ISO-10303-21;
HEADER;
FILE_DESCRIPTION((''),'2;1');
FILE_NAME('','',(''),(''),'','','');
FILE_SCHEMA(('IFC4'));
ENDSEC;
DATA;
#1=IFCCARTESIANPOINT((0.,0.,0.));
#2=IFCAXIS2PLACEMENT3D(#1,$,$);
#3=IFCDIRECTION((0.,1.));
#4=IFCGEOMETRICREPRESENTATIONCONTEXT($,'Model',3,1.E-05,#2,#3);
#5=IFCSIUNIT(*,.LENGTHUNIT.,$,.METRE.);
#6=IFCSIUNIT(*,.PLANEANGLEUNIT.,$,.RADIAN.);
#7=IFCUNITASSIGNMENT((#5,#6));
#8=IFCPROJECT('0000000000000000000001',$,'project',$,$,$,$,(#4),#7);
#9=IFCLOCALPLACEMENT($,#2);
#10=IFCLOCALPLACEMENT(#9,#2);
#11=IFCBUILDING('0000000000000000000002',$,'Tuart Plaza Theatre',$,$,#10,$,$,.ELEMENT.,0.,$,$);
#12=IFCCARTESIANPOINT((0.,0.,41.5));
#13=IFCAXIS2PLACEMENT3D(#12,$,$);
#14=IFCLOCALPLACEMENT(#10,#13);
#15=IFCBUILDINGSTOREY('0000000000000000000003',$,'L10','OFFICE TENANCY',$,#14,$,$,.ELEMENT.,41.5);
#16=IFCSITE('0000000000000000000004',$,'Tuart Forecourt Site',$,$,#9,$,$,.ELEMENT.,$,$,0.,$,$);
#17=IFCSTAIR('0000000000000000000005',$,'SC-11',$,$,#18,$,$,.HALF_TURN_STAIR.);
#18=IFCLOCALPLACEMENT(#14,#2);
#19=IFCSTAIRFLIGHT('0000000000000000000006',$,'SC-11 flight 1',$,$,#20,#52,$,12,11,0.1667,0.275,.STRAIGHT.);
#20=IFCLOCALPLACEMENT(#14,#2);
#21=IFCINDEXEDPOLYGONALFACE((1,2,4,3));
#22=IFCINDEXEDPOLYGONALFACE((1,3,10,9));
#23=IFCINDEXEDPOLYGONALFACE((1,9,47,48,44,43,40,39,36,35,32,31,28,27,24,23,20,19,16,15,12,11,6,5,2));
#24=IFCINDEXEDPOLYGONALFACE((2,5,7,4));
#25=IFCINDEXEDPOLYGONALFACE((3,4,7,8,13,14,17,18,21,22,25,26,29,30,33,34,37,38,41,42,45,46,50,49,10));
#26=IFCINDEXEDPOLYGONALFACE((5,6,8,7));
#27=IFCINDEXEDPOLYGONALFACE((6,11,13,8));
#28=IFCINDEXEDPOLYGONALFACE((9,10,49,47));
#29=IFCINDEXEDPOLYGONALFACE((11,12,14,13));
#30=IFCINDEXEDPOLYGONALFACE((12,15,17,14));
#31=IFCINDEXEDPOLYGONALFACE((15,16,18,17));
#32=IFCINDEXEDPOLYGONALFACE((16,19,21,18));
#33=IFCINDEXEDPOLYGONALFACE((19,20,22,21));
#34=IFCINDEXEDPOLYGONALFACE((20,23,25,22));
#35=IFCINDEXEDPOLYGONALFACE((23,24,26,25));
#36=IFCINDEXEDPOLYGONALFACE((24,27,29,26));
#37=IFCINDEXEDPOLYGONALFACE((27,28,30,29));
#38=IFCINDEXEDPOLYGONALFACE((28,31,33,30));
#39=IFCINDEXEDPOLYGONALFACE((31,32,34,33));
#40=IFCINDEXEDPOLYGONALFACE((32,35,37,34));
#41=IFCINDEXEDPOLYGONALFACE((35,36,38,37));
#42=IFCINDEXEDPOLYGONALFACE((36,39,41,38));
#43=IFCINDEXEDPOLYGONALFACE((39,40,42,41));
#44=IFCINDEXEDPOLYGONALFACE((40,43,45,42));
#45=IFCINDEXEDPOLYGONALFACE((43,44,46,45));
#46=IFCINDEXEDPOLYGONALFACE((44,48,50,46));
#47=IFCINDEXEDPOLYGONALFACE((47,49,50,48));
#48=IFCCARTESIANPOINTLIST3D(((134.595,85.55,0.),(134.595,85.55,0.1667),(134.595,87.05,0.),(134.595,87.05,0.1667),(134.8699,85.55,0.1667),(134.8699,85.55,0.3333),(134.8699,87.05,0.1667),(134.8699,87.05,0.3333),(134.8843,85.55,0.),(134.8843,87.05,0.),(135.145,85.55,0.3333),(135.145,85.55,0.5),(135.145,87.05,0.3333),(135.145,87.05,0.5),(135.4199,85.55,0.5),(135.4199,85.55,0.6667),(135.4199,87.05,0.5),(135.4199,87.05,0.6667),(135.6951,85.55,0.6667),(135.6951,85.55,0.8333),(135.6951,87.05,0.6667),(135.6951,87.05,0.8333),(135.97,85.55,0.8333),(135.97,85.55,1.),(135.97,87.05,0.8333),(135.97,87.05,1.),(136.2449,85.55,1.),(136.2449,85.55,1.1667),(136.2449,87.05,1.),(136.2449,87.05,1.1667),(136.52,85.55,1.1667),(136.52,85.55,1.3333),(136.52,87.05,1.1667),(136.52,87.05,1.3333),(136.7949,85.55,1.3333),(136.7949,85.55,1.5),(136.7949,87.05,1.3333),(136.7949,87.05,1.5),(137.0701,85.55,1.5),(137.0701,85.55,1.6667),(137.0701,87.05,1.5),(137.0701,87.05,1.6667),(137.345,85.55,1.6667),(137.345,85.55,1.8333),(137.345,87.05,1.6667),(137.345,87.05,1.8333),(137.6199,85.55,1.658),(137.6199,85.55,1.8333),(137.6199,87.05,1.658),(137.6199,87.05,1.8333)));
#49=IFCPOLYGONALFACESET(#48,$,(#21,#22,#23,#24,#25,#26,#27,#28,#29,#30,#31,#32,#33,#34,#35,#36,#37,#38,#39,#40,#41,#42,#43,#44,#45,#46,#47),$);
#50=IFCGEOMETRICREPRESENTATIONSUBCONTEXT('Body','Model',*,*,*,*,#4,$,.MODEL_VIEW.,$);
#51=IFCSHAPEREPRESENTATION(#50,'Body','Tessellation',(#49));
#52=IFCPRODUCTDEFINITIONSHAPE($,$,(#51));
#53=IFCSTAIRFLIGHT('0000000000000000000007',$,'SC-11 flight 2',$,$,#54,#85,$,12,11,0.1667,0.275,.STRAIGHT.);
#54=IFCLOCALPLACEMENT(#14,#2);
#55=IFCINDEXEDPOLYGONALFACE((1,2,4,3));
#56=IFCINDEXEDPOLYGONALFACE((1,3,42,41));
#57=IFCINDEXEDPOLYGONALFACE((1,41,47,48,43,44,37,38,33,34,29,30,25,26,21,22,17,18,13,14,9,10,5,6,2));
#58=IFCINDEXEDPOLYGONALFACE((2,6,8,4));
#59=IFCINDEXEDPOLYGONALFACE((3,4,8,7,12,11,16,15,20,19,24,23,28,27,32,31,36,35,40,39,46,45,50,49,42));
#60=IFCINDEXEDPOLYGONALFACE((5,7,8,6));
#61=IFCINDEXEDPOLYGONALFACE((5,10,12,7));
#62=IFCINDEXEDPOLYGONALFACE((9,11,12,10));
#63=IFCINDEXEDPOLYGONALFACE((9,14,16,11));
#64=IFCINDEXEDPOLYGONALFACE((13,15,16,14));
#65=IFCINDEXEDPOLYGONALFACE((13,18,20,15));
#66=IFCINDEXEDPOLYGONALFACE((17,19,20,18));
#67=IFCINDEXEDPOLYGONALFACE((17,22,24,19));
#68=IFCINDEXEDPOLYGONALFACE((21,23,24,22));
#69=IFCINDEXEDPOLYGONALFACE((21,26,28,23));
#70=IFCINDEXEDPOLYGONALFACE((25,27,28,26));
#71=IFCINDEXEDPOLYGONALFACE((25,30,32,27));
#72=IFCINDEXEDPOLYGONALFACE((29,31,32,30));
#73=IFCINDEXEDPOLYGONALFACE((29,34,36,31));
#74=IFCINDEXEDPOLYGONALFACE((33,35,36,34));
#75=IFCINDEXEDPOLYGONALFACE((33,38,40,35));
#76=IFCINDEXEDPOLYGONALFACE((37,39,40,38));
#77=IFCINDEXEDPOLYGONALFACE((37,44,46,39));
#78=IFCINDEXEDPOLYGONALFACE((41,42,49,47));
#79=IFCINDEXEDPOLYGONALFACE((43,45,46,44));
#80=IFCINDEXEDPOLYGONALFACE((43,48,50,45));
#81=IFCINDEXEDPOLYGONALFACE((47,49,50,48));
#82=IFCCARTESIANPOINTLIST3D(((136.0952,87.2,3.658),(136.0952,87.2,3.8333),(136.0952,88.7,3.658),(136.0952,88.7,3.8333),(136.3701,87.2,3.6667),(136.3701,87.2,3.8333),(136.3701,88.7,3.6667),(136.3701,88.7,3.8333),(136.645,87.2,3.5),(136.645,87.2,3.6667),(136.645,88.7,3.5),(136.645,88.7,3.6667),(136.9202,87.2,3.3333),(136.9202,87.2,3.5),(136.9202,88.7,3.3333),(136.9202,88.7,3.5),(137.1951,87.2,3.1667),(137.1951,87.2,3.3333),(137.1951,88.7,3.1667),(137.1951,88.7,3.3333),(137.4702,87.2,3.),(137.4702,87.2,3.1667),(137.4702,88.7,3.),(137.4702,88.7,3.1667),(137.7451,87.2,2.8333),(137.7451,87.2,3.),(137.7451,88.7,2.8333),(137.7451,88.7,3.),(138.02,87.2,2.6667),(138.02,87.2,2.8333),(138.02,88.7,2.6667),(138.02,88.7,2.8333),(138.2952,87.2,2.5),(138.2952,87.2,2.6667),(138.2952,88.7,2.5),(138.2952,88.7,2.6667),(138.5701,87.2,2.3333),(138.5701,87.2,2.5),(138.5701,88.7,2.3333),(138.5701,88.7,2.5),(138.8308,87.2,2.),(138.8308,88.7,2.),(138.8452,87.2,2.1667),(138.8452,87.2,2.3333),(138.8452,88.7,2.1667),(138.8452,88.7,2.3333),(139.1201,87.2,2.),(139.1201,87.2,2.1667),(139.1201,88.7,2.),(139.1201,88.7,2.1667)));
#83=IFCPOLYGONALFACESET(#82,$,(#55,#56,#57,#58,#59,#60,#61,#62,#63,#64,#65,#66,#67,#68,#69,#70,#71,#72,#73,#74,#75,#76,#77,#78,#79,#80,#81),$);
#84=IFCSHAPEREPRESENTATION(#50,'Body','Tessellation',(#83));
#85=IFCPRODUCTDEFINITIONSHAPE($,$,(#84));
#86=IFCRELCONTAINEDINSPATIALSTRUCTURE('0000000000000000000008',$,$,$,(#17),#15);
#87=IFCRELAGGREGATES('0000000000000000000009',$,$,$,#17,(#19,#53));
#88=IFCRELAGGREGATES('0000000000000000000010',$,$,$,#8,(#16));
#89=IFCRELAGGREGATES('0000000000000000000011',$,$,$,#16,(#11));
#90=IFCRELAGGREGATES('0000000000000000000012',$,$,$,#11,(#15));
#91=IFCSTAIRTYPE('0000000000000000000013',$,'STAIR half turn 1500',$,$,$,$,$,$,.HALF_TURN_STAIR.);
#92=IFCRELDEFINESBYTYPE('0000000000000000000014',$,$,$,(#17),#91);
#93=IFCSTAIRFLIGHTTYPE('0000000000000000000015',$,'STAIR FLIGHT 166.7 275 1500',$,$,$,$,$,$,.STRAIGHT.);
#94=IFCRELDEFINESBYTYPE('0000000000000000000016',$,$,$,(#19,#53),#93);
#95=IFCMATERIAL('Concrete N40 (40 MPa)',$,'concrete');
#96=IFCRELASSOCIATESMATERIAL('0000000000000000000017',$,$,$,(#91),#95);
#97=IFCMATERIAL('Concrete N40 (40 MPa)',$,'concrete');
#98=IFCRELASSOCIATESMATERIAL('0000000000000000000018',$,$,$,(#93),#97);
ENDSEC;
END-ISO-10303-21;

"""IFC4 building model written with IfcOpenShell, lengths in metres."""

from ifc_helpers import new_model, si_unit, direction, frame, origin, place, context, subcontext, project, spatial, polyline, outline, extrude, material, type_object, element, aggregate, save


model = new_model("IFC4")

# Units and contexts
model_context = context("Model", 3, precision=1e-05, world=origin(), true_north=direction((0.0, 1.0)))
body_context = subcontext(model_context, "Body", "Model", "MODEL_VIEW")
ifc_project = project(units=[si_unit("LENGTHUNIT", "METRE"), si_unit("PLANEANGLEUNIT", "RADIAN")], contexts=[model_context])

# Site, building, storey
site_placement = place(None, origin())
site = spatial("IfcSite", under=ifc_project, at=site_placement, Name="Tuart Forecourt Site", CompositionType="ELEMENT", RefElevation=0.0)
building_placement = place(site_placement, origin())
building = spatial("IfcBuilding", under=site, at=building_placement, Name="Tuart Plaza Theatre", CompositionType="ELEMENT", ElevationOfRefHeight=0.0)
storey_placement = place(building_placement, frame((0.0, 0.0, 41.5)))
storey = spatial("IfcBuildingStorey", under=building, at=storey_placement, Name="L10", Description="OFFICE TENANCY", CompositionType="ELEMENT", Elevation=41.5)

# Stair, stair flights
ifc_material_1 = material(Name="Concrete N40 (40 MPa)", Category="concrete")
stair_type = type_object("IfcStairType", Name="STAIR half turn 1500", PredefinedType="HALF_TURN_STAIR", material=ifc_material_1)
stair_placement = place(storey_placement, origin())
stair = element("IfcStair", 1, at=stair_placement, inside=storey, type_object=stair_type, Name="SC-11", PredefinedType="HALF_TURN_STAIR")
ifc_material_2 = material(Name="Concrete N40 (40 MPa)", Category="concrete")
stair_flight_type = type_object("IfcStairFlightType", Name="STAIR FLIGHT 166.7 275 1500", PredefinedType="STRAIGHT", material=ifc_material_2)
stair_flight_1_placement = place(storey_placement, frame((134.595, 86.3, 0.0), z_axis=(0.0, 0.0, 1.0), x_axis=(1.0, 0.0, 0.0)))
stair_flight_1 = element("IfcStairFlight", 2, at=stair_flight_1_placement, type_object=stair_flight_type, Name="SC-11 flight 1", NumberOfRisers=12, NumberOfTreads=11, PredefinedType="STRAIGHT", RiserHeight=0.1667, TreadLength=0.275, context=body_context, shape_type="SweptSolid", body=[
    extrude(outline(polyline([(0.0, 0.0), (0.0, 0.1667), (0.2749, 0.1667), (0.2749, 0.3333), (0.55, 0.3333), (0.55, 0.5), (0.825, 0.5), (0.825, 0.6667), (1.1001, 0.6667), (1.1001, 0.8333), (1.375, 0.8333), (1.375, 1.0), (1.6499, 1.0), (1.6499, 1.1667), (1.925, 1.1667), (1.925, 1.3333), (2.2, 1.3333), (2.2, 1.5), (2.4751, 1.5), (2.4751, 1.6667), (2.75, 1.6667), (2.75, 1.8333), (3.0249, 1.8333), (3.0249, 2.0), (3.0249, 1.658), (0.2893, 0.0), (0.0, 0.0)])), frame((0.0, 0.75, 0.0), z_axis=(0.0, -1.0, 0.0), x_axis=(1.0, 0.0, 0.0)), (0.0, 0.0, 1.0), 1.5),
])
stair_flight_2_placement = place(storey_placement, frame((139.1201, 87.95, 2.0), z_axis=(0.0, 0.0, 1.0), x_axis=(-1.0, 0.0, 0.0)))
stair_flight_2 = element("IfcStairFlight", 3, at=stair_flight_2_placement, type_object=stair_flight_type, Name="SC-11 flight 2", NumberOfRisers=12, NumberOfTreads=11, PredefinedType="STRAIGHT", RiserHeight=0.1667, TreadLength=0.275, context=body_context, shape_type="SweptSolid", body=[
    extrude(outline(polyline([(0.0, 0.0), (0.0, 0.1667), (0.2749, 0.1667), (0.2749, 0.3333), (0.55, 0.3333), (0.55, 0.5), (0.825, 0.5), (0.825, 0.6667), (1.1001, 0.6667), (1.1001, 0.8333), (1.375, 0.8333), (1.375, 1.0), (1.6499, 1.0), (1.6499, 1.1667), (1.925, 1.1667), (1.925, 1.3333), (2.2, 1.3333), (2.2, 1.5), (2.4751, 1.5), (2.4751, 1.6667), (2.75, 1.6667), (2.75, 1.8333), (3.0249, 1.8333), (3.0249, 2.0), (3.0249, 1.658), (0.2893, 0.0), (0.0, 0.0)])), frame((0.0, 0.75, 0.0), z_axis=(0.0, -1.0, 0.0), x_axis=(1.0, 0.0, 0.0)), (0.0, 0.0, 1.0), 1.5),
])
aggregate(stair, [stair_flight_1, stair_flight_2])

save(model, "model.ifc")
